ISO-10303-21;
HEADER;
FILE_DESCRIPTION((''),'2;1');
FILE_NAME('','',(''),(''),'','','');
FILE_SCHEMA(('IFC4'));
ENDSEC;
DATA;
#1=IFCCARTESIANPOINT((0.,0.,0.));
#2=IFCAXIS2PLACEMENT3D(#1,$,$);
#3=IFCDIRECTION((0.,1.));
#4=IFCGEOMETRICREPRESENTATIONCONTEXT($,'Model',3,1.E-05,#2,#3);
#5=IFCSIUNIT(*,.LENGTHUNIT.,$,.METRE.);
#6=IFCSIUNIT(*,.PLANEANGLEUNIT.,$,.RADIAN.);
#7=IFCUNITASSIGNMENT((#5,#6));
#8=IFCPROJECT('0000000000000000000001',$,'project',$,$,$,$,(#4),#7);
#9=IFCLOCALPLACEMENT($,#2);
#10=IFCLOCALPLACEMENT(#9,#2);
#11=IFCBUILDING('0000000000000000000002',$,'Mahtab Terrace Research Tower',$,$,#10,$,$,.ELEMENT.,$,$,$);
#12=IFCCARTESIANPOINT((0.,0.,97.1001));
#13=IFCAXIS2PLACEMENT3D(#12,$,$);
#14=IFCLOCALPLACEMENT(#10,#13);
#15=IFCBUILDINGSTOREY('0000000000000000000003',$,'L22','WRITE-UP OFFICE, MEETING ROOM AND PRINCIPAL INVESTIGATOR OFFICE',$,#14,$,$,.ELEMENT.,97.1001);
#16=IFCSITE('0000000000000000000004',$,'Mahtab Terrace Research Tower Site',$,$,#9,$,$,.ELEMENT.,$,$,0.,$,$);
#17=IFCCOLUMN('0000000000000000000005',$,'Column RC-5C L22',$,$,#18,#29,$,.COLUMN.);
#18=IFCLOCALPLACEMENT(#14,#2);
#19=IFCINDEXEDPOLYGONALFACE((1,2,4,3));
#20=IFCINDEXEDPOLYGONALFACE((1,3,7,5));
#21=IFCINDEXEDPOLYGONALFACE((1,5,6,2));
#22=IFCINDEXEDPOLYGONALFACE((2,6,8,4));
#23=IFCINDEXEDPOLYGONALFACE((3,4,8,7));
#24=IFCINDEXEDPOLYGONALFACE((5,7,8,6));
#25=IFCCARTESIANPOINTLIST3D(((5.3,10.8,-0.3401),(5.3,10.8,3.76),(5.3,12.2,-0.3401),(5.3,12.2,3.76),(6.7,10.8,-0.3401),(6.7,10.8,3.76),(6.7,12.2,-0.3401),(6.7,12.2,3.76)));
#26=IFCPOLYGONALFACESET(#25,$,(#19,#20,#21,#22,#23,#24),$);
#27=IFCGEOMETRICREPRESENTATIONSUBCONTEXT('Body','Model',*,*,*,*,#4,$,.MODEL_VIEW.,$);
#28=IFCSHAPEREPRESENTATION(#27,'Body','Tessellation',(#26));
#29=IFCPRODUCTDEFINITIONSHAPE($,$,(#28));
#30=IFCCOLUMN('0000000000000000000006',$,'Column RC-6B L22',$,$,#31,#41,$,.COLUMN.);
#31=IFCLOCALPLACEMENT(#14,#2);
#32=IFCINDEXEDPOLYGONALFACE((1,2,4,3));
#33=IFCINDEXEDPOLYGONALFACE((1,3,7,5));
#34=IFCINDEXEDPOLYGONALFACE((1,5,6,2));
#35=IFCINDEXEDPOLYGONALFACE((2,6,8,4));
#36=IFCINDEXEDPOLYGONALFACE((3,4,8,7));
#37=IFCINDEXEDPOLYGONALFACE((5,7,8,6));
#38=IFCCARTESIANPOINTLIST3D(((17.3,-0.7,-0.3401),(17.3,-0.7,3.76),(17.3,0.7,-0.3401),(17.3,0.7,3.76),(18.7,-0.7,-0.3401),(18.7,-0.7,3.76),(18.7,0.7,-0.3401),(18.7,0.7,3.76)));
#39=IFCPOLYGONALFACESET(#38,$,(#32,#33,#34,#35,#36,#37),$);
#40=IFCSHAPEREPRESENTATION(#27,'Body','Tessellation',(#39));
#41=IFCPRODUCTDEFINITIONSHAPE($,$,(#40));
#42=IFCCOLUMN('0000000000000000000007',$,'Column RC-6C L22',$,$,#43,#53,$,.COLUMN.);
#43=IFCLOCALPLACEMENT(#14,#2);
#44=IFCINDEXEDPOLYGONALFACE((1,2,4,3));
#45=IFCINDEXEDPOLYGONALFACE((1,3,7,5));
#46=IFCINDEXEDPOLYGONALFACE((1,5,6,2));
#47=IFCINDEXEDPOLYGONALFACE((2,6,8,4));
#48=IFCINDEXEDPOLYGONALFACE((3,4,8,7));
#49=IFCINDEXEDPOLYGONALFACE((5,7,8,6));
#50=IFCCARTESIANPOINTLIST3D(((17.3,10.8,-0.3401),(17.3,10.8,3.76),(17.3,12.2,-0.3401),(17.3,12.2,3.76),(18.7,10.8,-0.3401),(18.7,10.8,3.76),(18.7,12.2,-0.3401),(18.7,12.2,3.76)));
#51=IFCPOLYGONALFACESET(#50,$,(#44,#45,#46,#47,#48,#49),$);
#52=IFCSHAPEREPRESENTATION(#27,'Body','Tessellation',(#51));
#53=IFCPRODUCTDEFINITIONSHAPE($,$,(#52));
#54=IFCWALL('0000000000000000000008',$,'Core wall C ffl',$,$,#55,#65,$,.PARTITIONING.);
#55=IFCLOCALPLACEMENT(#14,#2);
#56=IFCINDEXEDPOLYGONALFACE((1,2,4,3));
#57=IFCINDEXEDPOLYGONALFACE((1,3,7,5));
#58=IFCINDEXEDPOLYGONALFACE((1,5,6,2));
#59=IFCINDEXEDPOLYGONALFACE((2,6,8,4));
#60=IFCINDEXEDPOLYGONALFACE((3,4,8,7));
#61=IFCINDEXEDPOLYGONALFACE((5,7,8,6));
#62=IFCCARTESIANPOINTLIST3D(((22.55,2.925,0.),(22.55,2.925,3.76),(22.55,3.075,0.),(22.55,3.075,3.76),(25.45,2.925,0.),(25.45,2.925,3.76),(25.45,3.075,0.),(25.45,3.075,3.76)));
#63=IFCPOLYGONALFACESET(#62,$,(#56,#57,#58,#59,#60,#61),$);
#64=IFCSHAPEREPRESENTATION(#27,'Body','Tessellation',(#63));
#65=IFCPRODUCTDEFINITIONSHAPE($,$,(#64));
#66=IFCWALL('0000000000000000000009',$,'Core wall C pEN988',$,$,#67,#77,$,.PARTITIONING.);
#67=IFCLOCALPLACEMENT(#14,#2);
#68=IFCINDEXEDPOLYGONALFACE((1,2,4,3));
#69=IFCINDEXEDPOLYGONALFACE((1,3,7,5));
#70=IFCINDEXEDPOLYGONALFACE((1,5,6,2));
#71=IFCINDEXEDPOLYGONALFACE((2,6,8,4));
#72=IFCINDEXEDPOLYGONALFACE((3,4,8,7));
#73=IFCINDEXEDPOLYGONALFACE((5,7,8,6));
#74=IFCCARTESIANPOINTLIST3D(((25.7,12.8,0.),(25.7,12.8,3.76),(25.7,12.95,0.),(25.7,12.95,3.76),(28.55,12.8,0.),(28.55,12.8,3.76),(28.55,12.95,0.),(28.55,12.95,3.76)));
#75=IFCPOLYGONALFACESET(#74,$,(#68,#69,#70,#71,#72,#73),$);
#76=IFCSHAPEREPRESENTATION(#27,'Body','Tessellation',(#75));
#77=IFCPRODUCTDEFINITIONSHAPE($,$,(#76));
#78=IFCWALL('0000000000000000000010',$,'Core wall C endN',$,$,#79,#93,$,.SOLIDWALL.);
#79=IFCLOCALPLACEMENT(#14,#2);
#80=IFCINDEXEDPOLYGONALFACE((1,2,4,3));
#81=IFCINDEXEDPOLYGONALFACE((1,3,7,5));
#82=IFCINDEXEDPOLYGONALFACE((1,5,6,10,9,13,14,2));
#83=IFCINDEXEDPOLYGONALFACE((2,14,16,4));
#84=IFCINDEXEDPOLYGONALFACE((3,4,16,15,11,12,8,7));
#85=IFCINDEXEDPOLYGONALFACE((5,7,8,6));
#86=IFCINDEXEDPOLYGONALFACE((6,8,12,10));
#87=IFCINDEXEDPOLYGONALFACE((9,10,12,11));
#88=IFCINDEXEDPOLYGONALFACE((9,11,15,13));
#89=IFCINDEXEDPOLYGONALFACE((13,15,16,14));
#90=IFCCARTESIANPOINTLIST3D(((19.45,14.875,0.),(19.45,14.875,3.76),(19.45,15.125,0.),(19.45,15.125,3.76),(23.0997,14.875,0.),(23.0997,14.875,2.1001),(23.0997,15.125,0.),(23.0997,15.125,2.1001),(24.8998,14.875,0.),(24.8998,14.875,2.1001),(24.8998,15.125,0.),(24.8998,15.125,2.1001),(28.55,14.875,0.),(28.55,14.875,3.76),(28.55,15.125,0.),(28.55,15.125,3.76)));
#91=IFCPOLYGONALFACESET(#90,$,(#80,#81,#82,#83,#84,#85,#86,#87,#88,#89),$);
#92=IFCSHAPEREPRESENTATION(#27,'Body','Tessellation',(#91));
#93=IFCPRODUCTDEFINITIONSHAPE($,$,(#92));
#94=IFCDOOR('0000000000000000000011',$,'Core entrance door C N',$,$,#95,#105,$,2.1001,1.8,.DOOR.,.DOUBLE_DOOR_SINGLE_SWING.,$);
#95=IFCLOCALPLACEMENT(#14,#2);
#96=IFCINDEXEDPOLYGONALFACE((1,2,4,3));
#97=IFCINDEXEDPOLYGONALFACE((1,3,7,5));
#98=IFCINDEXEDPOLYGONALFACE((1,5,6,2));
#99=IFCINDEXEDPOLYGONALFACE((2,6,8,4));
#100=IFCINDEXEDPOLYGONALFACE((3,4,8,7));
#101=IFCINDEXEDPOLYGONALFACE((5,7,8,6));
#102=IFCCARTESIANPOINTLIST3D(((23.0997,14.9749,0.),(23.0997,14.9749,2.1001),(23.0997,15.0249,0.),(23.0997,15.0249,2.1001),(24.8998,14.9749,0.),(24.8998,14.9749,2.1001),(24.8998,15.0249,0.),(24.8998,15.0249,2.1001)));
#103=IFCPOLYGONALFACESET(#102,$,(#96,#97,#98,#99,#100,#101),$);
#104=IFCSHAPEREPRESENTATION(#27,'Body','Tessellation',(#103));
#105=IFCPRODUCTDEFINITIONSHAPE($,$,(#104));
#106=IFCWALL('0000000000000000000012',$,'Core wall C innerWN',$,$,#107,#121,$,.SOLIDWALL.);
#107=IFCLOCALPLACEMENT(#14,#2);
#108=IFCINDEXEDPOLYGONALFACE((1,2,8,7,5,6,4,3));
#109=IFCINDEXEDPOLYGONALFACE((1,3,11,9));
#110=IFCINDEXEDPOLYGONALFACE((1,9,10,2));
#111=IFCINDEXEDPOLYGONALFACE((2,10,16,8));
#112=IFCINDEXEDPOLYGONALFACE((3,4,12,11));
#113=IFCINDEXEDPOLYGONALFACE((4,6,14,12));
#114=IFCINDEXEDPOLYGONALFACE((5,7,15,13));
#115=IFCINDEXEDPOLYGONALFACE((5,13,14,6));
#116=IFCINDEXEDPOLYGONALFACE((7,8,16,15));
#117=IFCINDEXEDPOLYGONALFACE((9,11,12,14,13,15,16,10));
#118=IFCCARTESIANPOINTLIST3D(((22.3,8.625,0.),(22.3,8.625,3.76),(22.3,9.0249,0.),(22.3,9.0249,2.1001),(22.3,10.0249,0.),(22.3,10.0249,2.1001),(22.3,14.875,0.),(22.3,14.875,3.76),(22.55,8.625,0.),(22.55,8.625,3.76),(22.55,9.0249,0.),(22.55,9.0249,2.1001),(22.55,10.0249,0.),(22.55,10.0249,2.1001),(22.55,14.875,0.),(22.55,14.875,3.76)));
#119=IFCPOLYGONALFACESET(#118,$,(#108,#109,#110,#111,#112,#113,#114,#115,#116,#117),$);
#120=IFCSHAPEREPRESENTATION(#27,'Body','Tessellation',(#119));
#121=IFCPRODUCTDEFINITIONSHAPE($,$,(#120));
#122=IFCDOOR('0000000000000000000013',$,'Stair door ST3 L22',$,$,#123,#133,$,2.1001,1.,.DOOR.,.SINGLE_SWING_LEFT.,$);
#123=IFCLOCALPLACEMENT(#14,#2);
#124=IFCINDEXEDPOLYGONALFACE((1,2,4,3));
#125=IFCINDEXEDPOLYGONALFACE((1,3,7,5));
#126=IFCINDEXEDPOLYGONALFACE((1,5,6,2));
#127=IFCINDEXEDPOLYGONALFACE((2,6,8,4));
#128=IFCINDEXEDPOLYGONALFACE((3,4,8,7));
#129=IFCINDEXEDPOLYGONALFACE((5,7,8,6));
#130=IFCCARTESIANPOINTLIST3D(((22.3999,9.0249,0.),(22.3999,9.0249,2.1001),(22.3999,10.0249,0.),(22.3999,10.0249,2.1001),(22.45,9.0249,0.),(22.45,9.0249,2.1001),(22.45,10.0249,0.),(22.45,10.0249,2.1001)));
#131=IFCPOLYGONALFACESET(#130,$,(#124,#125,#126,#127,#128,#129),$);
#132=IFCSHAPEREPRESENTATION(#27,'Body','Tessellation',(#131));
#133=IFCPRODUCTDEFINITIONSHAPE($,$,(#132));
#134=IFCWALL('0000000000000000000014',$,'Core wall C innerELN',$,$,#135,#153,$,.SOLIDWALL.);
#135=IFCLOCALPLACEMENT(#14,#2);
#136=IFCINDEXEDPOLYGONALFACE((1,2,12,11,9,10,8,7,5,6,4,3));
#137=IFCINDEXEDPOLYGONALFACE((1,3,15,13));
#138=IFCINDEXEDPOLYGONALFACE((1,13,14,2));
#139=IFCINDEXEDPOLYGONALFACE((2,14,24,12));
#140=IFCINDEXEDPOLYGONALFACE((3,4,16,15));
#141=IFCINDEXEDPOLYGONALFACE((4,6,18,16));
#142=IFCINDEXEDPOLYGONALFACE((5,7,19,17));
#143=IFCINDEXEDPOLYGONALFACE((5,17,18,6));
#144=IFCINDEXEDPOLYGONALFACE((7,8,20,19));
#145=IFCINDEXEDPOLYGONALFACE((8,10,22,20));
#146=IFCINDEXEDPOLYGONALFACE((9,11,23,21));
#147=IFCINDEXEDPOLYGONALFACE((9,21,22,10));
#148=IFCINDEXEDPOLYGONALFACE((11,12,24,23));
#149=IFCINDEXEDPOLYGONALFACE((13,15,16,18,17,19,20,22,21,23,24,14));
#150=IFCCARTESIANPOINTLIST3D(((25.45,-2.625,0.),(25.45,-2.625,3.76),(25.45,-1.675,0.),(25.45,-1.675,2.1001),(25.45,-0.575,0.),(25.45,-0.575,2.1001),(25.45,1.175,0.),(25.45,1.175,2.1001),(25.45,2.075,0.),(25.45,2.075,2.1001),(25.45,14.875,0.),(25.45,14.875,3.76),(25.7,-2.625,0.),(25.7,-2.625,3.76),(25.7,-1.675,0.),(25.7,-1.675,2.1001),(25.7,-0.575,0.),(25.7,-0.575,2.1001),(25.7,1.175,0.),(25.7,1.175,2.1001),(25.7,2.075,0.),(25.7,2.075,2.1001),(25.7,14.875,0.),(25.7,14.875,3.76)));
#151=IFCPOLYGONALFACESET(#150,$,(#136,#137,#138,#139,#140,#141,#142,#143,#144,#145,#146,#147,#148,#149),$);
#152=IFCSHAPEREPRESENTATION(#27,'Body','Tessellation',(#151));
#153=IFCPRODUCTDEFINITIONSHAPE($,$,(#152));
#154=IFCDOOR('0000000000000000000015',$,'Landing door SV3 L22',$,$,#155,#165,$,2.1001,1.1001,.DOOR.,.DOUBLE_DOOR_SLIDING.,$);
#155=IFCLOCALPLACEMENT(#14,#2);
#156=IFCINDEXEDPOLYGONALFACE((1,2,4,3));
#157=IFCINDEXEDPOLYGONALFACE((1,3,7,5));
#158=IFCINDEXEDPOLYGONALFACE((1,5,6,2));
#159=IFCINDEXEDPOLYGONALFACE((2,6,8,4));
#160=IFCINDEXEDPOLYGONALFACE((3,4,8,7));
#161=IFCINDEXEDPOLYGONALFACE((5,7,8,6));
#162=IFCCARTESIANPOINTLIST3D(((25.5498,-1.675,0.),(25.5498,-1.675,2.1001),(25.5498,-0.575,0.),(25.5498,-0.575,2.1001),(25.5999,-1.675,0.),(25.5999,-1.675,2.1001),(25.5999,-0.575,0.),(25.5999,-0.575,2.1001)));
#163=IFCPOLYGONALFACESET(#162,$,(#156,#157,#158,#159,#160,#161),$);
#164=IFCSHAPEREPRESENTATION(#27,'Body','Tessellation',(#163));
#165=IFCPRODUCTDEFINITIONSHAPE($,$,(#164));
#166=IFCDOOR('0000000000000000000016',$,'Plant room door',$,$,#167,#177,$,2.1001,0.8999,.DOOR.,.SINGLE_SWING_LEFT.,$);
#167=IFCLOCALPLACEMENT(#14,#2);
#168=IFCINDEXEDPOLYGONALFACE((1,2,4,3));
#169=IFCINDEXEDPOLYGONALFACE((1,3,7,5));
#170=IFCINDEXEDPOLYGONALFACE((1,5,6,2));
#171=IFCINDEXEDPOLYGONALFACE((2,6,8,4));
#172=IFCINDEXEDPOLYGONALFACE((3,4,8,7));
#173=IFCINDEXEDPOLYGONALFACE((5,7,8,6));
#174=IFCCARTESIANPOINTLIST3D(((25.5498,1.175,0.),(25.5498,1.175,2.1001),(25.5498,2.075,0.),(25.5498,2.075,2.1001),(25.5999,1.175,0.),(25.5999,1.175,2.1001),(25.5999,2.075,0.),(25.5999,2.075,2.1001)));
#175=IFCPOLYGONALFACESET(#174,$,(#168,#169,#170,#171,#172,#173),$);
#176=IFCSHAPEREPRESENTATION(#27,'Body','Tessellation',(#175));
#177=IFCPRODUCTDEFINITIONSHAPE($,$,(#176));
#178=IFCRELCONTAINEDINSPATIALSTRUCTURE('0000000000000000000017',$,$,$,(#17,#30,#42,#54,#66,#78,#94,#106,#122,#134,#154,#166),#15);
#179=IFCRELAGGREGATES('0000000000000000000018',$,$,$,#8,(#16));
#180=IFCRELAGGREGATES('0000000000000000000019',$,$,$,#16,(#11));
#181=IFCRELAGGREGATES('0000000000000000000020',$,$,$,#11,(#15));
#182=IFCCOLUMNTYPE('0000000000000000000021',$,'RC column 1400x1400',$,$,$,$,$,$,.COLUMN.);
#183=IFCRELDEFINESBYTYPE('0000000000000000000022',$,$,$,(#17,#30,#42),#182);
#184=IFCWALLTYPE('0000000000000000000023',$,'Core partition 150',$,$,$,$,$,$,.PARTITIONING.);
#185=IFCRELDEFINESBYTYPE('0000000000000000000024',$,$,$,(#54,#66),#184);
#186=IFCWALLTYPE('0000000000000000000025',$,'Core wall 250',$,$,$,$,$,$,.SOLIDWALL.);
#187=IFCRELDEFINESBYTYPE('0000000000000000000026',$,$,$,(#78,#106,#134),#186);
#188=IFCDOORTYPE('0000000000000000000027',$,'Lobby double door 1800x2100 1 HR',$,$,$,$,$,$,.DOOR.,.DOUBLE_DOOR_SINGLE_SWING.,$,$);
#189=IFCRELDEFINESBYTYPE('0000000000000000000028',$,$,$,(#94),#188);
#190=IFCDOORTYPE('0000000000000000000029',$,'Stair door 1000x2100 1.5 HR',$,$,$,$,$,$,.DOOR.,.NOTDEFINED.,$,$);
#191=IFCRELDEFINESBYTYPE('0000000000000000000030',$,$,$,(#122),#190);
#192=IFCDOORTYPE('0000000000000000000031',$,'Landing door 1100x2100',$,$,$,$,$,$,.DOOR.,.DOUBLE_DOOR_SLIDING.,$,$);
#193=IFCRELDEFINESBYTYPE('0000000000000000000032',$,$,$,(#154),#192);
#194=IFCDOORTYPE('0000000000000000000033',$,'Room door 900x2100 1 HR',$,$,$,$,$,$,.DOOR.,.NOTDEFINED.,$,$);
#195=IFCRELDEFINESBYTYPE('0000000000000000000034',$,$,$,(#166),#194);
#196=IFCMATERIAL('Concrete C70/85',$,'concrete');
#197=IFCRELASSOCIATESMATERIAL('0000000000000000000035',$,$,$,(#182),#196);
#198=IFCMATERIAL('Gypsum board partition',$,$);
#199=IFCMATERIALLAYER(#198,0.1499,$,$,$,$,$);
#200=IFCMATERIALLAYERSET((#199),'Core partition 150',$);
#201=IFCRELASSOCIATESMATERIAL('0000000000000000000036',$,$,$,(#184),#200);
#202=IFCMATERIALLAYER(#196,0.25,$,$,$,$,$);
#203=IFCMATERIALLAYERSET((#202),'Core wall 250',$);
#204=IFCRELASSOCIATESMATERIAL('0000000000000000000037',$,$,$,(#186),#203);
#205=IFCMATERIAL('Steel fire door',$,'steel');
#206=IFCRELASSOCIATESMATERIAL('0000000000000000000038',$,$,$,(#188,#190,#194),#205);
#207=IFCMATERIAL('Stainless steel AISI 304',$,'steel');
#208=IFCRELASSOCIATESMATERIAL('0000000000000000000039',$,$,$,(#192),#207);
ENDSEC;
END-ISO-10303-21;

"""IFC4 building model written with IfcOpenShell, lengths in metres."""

from ifc_helpers import new_model, si_unit, direction, frame, frame_2d, origin, origin_2d, place, context, subcontext, project, spatial, rectangle, extrude, material, layer, layer_set, material_profile, profile_set, type_object, element, fill, save


model = new_model("IFC4")

# Units and contexts
model_context = context("Model", 3, precision=1e-05, world=origin(), true_north=direction((0.0, 1.0)))
body_context = subcontext(model_context, "Body", "Model", "MODEL_VIEW")
ifc_project = project(units=[si_unit("LENGTHUNIT", "METRE"), si_unit("PLANEANGLEUNIT", "RADIAN")], contexts=[model_context])

# Site, building, storey
site_placement = place(None, origin())
site = spatial("IfcSite", under=ifc_project, at=site_placement, Name="Mahtab Terrace Research Tower Site", CompositionType="ELEMENT", RefElevation=0.0)
building_placement = place(site_placement, origin())
building = spatial("IfcBuilding", under=site, at=building_placement, Name="Mahtab Terrace Research Tower", CompositionType="ELEMENT")
storey_placement = place(building_placement, frame((0.0, 0.0, 97.1001)))
storey = spatial("IfcBuildingStorey", under=building, at=storey_placement, Name="L22", Description="WRITE-UP OFFICE, MEETING ROOM AND PRINCIPAL INVESTIGATOR OFFICE", CompositionType="ELEMENT", Elevation=97.1001)

# Columns
ifc_material_1 = material(Name="Concrete C70/85", Category="concrete")
ifc_material_profile = material_profile(ifc_material_1, rectangle(XDim=1.3999, YDim=1.3999, at=origin_2d()), Name="RC column 1400x1400")
ifc_profile_set = profile_set([ifc_material_profile], Name="Concrete C70/85")
column_type = type_object("IfcColumnType", Name="RC column 1400x1400", PredefinedType="COLUMN", material=ifc_profile_set)
for number, where, z_axis, x_axis, name in (
    (1, (6.0, 11.5, -0.3401), (0.0, 0.0, 1.0), (1.0, 0.0, 0.0), "Column RC-5C L22"),
    (2, (18.0, 0.0, -0.3401), (0.0, 0.0, 1.0), (1.0, 0.0, 0.0), "Column RC-6B L22"),
    (3, (18.0, 11.5, -0.3401), (0.0, 0.0, 1.0), (1.0, 0.0, 0.0), "Column RC-6C L22"),
):
    element("IfcColumn", number, at=place(storey_placement, frame(where, z_axis=z_axis, x_axis=x_axis)), inside=storey, type_object=column_type, Name=name, PredefinedType="COLUMN", context=body_context, shape_type="SweptSolid", body=[
        extrude(rectangle(XDim=1.3999, YDim=1.3999, at=origin_2d()), origin(), (0.0, 0.0, 1.0), 4.1001),
    ])

# Walls
ifc_material_2 = material(Name="Gypsum board partition")
ifc_layer_1 = layer(ifc_material_2, 0.1499)
ifc_layer_set_1 = layer_set([ifc_layer_1], Name="Core partition 150")
wall_type_1 = type_object("IfcWallType", Name="Core partition 150", PredefinedType="PARTITIONING", material=ifc_layer_set_1)
wall_1_placement = place(storey_placement, frame((22.55, 3.0, 0.0), z_axis=(0.0, 0.0, 1.0), x_axis=(1.0, 0.0, 0.0)))
element("IfcWall", 4, at=wall_1_placement, inside=storey, type_object=wall_type_1, Name="Core wall C ffl", PredefinedType="PARTITIONING", context=body_context, shape_type="SweptSolid", body=[
    extrude(rectangle(XDim=2.8999, YDim=0.1499, at=frame_2d((1.45, 0.0))), origin(), (0.0, 0.0, 1.0), 3.76),
])
wall_2_placement = place(storey_placement, frame((25.7, 12.875, 0.0), z_axis=(0.0, 0.0, 1.0), x_axis=(1.0, 0.0, 0.0)))
element("IfcWall", 5, at=wall_2_placement, inside=storey, type_object=wall_type_1, Name="Core wall C pEN988", PredefinedType="PARTITIONING", context=body_context, shape_type="SweptSolid", body=[
    extrude(rectangle(XDim=2.8501, YDim=0.1499, at=frame_2d((1.425, 0.0))), origin(), (0.0, 0.0, 1.0), 3.76),
])

# Walls, openings, doors
ifc_layer_2 = layer(ifc_material_1, 0.25)
ifc_layer_set_2 = layer_set([ifc_layer_2], Name="Core wall 250")
wall_type_2 = type_object("IfcWallType", Name="Core wall 250", PredefinedType="SOLIDWALL", material=ifc_layer_set_2)
wall_3_placement = place(storey_placement, frame((19.45, 15.0, 0.0), z_axis=(0.0, 0.0, 1.0), x_axis=(1.0, 0.0, 0.0)))
wall_3 = element("IfcWall", 6, at=wall_3_placement, inside=storey, type_object=wall_type_2, Name="Core wall C endN", PredefinedType="SOLIDWALL", context=body_context, shape_type="SweptSolid", body=[
    extrude(rectangle(XDim=9.1001, YDim=0.25, at=frame_2d((4.55, 0.0))), origin(), (0.0, 0.0, 1.0), 3.76),
])
opening_1_placement = place(wall_3_placement, frame((3.6499, 0.0, 0.0)))
opening_1 = element("IfcOpeningElement", 7, at=opening_1_placement, cuts=wall_3, PredefinedType="OPENING", context=body_context, shape_type="SweptSolid", body=[
    extrude(rectangle(XDim=1.8, YDim=2.1001, at=frame_2d((0.8999, 1.05))), frame((0.0, 0.135, 0.0), z_axis=(0.0, -1.0, 0.0), x_axis=(1.0, 0.0, 0.0)), (0.0, 0.0, 1.0), 0.27),
])
ifc_material_3 = material(Name="Steel fire door", Category="steel")
door_type_1 = type_object("IfcDoorType", Name="Lobby double door 1800x2100 1 HR", OperationType="DOUBLE_DOOR_SINGLE_SWING", PredefinedType="DOOR", material=ifc_material_3)
door_1_placement = place(opening_1_placement, origin())
door_1 = element("IfcDoor", 8, at=door_1_placement, inside=storey, type_object=door_type_1, Name="Core entrance door C N", OperationType="DOUBLE_DOOR_SINGLE_SWING", OverallHeight=2.1001, OverallWidth=1.8, PredefinedType="DOOR", context=body_context, shape_type="SweptSolid", body=[
    extrude(rectangle(XDim=1.8, YDim=2.1001, at=frame_2d((0.8999, 1.05))), frame((0.0, 0.0249, 0.0), z_axis=(0.0, -1.0, 0.0), x_axis=(1.0, 0.0, 0.0)), (0.0, 0.0, 1.0), 0.05),
])
fill(opening_1, door_1)
wall_4_placement = place(storey_placement, frame((22.425, 14.875, 0.0), z_axis=(0.0, 0.0, 1.0), x_axis=(0.0, -1.0, 0.0)))
wall_4 = element("IfcWall", 9, at=wall_4_placement, inside=storey, type_object=wall_type_2, Name="Core wall C innerWN", PredefinedType="SOLIDWALL", context=body_context, shape_type="SweptSolid", body=[
    extrude(rectangle(XDim=6.25, YDim=0.25, at=frame_2d((3.125, 0.0))), origin(), (0.0, 0.0, 1.0), 3.76),
])
opening_2_placement = place(wall_4_placement, frame((4.8501, 0.0, 0.0)))
opening_2 = element("IfcOpeningElement", 10, at=opening_2_placement, cuts=wall_4, PredefinedType="OPENING", context=body_context, shape_type="SweptSolid", body=[
    extrude(rectangle(XDim=1.0, YDim=2.1001, at=frame_2d((0.5, 1.05))), frame((0.0, 0.135, 0.0), z_axis=(0.0, -1.0, 0.0), x_axis=(1.0, 0.0, 0.0)), (0.0, 0.0, 1.0), 0.27),
])
door_type_2 = type_object("IfcDoorType", Name="Stair door 1000x2100 1.5 HR", OperationType="NOTDEFINED", PredefinedType="DOOR", material=ifc_material_3)
door_2_placement = place(opening_2_placement, origin())
door_2 = element("IfcDoor", 11, at=door_2_placement, inside=storey, type_object=door_type_2, Name="Stair door ST3 L22", OperationType="SINGLE_SWING_LEFT", OverallHeight=2.1001, OverallWidth=1.0, PredefinedType="DOOR", context=body_context, shape_type="SweptSolid", body=[
    extrude(rectangle(XDim=1.0, YDim=2.1001, at=frame_2d((0.5, 1.05))), frame((0.0, 0.0249, 0.0), z_axis=(0.0, -1.0, 0.0), x_axis=(1.0, 0.0, 0.0)), (0.0, 0.0, 1.0), 0.05),
])
fill(opening_2, door_2)

# Wall, openings, doors
wall_5_placement = place(storey_placement, frame((25.575, 14.875, 0.0), z_axis=(0.0, 0.0, 1.0), x_axis=(0.0, -1.0, 0.0)))
wall_5 = element("IfcWall", 12, at=wall_5_placement, inside=storey, type_object=wall_type_2, Name="Core wall C innerELN", PredefinedType="SOLIDWALL", context=body_context, shape_type="SweptSolid", body=[
    extrude(rectangle(XDim=17.5, YDim=0.25, at=frame_2d((8.75, 0.0))), origin(), (0.0, 0.0, 1.0), 3.76),
])
opening_3_placement = place(wall_5_placement, frame((15.45, 0.0, 0.0)))
opening_3 = element("IfcOpeningElement", 13, at=opening_3_placement, cuts=wall_5, PredefinedType="OPENING", context=body_context, shape_type="SweptSolid", body=[
    extrude(rectangle(XDim=1.1001, YDim=2.1001, at=frame_2d((0.55, 1.05))), frame((0.0, 0.135, 0.0), z_axis=(0.0, -1.0, 0.0), x_axis=(1.0, 0.0, 0.0)), (0.0, 0.0, 1.0), 0.27),
])
opening_4_placement = place(wall_5_placement, frame((12.8, 0.0, 0.0)))
opening_4 = element("IfcOpeningElement", 14, at=opening_4_placement, cuts=wall_5, PredefinedType="OPENING", context=body_context, shape_type="SweptSolid", body=[
    extrude(rectangle(XDim=0.8999, YDim=2.1001, at=frame_2d((0.45, 1.05))), frame((0.0, 0.135, 0.0), z_axis=(0.0, -1.0, 0.0), x_axis=(1.0, 0.0, 0.0)), (0.0, 0.0, 1.0), 0.27),
])
ifc_material_4 = material(Name="Stainless steel AISI 304", Category="steel")
door_type_3 = type_object("IfcDoorType", Name="Landing door 1100x2100", OperationType="DOUBLE_DOOR_SLIDING", PredefinedType="DOOR", material=ifc_material_4)
door_3_placement = place(opening_3_placement, origin())
door_3 = element("IfcDoor", 15, at=door_3_placement, inside=storey, type_object=door_type_3, Name="Landing door SV3 L22", OperationType="DOUBLE_DOOR_SLIDING", OverallHeight=2.1001, OverallWidth=1.1001, PredefinedType="DOOR", context=body_context, shape_type="SweptSolid", body=[
    extrude(rectangle(XDim=1.1001, YDim=2.1001, at=frame_2d((0.55, 1.05))), frame((0.0, 0.0249, 0.0), z_axis=(0.0, -1.0, 0.0), x_axis=(1.0, 0.0, 0.0)), (0.0, 0.0, 1.0), 0.05),
])
fill(opening_3, door_3)
door_type_4 = type_object("IfcDoorType", Name="Room door 900x2100 1 HR", OperationType="NOTDEFINED", PredefinedType="DOOR", material=ifc_material_3)
door_4_placement = place(opening_4_placement, origin())
door_4 = element("IfcDoor", 16, at=door_4_placement, inside=storey, type_object=door_type_4, Name="Plant room door", OperationType="SINGLE_SWING_LEFT", OverallHeight=2.1001, OverallWidth=0.8999, PredefinedType="DOOR", context=body_context, shape_type="SweptSolid", body=[
    extrude(rectangle(XDim=0.8999, YDim=2.1001, at=frame_2d((0.45, 1.05))), frame((0.0, 0.0249, 0.0), z_axis=(0.0, -1.0, 0.0), x_axis=(1.0, 0.0, 0.0)), (0.0, 0.0, 1.0), 0.05),
])
fill(opening_4, door_4)

save(model, "model.ifc")
